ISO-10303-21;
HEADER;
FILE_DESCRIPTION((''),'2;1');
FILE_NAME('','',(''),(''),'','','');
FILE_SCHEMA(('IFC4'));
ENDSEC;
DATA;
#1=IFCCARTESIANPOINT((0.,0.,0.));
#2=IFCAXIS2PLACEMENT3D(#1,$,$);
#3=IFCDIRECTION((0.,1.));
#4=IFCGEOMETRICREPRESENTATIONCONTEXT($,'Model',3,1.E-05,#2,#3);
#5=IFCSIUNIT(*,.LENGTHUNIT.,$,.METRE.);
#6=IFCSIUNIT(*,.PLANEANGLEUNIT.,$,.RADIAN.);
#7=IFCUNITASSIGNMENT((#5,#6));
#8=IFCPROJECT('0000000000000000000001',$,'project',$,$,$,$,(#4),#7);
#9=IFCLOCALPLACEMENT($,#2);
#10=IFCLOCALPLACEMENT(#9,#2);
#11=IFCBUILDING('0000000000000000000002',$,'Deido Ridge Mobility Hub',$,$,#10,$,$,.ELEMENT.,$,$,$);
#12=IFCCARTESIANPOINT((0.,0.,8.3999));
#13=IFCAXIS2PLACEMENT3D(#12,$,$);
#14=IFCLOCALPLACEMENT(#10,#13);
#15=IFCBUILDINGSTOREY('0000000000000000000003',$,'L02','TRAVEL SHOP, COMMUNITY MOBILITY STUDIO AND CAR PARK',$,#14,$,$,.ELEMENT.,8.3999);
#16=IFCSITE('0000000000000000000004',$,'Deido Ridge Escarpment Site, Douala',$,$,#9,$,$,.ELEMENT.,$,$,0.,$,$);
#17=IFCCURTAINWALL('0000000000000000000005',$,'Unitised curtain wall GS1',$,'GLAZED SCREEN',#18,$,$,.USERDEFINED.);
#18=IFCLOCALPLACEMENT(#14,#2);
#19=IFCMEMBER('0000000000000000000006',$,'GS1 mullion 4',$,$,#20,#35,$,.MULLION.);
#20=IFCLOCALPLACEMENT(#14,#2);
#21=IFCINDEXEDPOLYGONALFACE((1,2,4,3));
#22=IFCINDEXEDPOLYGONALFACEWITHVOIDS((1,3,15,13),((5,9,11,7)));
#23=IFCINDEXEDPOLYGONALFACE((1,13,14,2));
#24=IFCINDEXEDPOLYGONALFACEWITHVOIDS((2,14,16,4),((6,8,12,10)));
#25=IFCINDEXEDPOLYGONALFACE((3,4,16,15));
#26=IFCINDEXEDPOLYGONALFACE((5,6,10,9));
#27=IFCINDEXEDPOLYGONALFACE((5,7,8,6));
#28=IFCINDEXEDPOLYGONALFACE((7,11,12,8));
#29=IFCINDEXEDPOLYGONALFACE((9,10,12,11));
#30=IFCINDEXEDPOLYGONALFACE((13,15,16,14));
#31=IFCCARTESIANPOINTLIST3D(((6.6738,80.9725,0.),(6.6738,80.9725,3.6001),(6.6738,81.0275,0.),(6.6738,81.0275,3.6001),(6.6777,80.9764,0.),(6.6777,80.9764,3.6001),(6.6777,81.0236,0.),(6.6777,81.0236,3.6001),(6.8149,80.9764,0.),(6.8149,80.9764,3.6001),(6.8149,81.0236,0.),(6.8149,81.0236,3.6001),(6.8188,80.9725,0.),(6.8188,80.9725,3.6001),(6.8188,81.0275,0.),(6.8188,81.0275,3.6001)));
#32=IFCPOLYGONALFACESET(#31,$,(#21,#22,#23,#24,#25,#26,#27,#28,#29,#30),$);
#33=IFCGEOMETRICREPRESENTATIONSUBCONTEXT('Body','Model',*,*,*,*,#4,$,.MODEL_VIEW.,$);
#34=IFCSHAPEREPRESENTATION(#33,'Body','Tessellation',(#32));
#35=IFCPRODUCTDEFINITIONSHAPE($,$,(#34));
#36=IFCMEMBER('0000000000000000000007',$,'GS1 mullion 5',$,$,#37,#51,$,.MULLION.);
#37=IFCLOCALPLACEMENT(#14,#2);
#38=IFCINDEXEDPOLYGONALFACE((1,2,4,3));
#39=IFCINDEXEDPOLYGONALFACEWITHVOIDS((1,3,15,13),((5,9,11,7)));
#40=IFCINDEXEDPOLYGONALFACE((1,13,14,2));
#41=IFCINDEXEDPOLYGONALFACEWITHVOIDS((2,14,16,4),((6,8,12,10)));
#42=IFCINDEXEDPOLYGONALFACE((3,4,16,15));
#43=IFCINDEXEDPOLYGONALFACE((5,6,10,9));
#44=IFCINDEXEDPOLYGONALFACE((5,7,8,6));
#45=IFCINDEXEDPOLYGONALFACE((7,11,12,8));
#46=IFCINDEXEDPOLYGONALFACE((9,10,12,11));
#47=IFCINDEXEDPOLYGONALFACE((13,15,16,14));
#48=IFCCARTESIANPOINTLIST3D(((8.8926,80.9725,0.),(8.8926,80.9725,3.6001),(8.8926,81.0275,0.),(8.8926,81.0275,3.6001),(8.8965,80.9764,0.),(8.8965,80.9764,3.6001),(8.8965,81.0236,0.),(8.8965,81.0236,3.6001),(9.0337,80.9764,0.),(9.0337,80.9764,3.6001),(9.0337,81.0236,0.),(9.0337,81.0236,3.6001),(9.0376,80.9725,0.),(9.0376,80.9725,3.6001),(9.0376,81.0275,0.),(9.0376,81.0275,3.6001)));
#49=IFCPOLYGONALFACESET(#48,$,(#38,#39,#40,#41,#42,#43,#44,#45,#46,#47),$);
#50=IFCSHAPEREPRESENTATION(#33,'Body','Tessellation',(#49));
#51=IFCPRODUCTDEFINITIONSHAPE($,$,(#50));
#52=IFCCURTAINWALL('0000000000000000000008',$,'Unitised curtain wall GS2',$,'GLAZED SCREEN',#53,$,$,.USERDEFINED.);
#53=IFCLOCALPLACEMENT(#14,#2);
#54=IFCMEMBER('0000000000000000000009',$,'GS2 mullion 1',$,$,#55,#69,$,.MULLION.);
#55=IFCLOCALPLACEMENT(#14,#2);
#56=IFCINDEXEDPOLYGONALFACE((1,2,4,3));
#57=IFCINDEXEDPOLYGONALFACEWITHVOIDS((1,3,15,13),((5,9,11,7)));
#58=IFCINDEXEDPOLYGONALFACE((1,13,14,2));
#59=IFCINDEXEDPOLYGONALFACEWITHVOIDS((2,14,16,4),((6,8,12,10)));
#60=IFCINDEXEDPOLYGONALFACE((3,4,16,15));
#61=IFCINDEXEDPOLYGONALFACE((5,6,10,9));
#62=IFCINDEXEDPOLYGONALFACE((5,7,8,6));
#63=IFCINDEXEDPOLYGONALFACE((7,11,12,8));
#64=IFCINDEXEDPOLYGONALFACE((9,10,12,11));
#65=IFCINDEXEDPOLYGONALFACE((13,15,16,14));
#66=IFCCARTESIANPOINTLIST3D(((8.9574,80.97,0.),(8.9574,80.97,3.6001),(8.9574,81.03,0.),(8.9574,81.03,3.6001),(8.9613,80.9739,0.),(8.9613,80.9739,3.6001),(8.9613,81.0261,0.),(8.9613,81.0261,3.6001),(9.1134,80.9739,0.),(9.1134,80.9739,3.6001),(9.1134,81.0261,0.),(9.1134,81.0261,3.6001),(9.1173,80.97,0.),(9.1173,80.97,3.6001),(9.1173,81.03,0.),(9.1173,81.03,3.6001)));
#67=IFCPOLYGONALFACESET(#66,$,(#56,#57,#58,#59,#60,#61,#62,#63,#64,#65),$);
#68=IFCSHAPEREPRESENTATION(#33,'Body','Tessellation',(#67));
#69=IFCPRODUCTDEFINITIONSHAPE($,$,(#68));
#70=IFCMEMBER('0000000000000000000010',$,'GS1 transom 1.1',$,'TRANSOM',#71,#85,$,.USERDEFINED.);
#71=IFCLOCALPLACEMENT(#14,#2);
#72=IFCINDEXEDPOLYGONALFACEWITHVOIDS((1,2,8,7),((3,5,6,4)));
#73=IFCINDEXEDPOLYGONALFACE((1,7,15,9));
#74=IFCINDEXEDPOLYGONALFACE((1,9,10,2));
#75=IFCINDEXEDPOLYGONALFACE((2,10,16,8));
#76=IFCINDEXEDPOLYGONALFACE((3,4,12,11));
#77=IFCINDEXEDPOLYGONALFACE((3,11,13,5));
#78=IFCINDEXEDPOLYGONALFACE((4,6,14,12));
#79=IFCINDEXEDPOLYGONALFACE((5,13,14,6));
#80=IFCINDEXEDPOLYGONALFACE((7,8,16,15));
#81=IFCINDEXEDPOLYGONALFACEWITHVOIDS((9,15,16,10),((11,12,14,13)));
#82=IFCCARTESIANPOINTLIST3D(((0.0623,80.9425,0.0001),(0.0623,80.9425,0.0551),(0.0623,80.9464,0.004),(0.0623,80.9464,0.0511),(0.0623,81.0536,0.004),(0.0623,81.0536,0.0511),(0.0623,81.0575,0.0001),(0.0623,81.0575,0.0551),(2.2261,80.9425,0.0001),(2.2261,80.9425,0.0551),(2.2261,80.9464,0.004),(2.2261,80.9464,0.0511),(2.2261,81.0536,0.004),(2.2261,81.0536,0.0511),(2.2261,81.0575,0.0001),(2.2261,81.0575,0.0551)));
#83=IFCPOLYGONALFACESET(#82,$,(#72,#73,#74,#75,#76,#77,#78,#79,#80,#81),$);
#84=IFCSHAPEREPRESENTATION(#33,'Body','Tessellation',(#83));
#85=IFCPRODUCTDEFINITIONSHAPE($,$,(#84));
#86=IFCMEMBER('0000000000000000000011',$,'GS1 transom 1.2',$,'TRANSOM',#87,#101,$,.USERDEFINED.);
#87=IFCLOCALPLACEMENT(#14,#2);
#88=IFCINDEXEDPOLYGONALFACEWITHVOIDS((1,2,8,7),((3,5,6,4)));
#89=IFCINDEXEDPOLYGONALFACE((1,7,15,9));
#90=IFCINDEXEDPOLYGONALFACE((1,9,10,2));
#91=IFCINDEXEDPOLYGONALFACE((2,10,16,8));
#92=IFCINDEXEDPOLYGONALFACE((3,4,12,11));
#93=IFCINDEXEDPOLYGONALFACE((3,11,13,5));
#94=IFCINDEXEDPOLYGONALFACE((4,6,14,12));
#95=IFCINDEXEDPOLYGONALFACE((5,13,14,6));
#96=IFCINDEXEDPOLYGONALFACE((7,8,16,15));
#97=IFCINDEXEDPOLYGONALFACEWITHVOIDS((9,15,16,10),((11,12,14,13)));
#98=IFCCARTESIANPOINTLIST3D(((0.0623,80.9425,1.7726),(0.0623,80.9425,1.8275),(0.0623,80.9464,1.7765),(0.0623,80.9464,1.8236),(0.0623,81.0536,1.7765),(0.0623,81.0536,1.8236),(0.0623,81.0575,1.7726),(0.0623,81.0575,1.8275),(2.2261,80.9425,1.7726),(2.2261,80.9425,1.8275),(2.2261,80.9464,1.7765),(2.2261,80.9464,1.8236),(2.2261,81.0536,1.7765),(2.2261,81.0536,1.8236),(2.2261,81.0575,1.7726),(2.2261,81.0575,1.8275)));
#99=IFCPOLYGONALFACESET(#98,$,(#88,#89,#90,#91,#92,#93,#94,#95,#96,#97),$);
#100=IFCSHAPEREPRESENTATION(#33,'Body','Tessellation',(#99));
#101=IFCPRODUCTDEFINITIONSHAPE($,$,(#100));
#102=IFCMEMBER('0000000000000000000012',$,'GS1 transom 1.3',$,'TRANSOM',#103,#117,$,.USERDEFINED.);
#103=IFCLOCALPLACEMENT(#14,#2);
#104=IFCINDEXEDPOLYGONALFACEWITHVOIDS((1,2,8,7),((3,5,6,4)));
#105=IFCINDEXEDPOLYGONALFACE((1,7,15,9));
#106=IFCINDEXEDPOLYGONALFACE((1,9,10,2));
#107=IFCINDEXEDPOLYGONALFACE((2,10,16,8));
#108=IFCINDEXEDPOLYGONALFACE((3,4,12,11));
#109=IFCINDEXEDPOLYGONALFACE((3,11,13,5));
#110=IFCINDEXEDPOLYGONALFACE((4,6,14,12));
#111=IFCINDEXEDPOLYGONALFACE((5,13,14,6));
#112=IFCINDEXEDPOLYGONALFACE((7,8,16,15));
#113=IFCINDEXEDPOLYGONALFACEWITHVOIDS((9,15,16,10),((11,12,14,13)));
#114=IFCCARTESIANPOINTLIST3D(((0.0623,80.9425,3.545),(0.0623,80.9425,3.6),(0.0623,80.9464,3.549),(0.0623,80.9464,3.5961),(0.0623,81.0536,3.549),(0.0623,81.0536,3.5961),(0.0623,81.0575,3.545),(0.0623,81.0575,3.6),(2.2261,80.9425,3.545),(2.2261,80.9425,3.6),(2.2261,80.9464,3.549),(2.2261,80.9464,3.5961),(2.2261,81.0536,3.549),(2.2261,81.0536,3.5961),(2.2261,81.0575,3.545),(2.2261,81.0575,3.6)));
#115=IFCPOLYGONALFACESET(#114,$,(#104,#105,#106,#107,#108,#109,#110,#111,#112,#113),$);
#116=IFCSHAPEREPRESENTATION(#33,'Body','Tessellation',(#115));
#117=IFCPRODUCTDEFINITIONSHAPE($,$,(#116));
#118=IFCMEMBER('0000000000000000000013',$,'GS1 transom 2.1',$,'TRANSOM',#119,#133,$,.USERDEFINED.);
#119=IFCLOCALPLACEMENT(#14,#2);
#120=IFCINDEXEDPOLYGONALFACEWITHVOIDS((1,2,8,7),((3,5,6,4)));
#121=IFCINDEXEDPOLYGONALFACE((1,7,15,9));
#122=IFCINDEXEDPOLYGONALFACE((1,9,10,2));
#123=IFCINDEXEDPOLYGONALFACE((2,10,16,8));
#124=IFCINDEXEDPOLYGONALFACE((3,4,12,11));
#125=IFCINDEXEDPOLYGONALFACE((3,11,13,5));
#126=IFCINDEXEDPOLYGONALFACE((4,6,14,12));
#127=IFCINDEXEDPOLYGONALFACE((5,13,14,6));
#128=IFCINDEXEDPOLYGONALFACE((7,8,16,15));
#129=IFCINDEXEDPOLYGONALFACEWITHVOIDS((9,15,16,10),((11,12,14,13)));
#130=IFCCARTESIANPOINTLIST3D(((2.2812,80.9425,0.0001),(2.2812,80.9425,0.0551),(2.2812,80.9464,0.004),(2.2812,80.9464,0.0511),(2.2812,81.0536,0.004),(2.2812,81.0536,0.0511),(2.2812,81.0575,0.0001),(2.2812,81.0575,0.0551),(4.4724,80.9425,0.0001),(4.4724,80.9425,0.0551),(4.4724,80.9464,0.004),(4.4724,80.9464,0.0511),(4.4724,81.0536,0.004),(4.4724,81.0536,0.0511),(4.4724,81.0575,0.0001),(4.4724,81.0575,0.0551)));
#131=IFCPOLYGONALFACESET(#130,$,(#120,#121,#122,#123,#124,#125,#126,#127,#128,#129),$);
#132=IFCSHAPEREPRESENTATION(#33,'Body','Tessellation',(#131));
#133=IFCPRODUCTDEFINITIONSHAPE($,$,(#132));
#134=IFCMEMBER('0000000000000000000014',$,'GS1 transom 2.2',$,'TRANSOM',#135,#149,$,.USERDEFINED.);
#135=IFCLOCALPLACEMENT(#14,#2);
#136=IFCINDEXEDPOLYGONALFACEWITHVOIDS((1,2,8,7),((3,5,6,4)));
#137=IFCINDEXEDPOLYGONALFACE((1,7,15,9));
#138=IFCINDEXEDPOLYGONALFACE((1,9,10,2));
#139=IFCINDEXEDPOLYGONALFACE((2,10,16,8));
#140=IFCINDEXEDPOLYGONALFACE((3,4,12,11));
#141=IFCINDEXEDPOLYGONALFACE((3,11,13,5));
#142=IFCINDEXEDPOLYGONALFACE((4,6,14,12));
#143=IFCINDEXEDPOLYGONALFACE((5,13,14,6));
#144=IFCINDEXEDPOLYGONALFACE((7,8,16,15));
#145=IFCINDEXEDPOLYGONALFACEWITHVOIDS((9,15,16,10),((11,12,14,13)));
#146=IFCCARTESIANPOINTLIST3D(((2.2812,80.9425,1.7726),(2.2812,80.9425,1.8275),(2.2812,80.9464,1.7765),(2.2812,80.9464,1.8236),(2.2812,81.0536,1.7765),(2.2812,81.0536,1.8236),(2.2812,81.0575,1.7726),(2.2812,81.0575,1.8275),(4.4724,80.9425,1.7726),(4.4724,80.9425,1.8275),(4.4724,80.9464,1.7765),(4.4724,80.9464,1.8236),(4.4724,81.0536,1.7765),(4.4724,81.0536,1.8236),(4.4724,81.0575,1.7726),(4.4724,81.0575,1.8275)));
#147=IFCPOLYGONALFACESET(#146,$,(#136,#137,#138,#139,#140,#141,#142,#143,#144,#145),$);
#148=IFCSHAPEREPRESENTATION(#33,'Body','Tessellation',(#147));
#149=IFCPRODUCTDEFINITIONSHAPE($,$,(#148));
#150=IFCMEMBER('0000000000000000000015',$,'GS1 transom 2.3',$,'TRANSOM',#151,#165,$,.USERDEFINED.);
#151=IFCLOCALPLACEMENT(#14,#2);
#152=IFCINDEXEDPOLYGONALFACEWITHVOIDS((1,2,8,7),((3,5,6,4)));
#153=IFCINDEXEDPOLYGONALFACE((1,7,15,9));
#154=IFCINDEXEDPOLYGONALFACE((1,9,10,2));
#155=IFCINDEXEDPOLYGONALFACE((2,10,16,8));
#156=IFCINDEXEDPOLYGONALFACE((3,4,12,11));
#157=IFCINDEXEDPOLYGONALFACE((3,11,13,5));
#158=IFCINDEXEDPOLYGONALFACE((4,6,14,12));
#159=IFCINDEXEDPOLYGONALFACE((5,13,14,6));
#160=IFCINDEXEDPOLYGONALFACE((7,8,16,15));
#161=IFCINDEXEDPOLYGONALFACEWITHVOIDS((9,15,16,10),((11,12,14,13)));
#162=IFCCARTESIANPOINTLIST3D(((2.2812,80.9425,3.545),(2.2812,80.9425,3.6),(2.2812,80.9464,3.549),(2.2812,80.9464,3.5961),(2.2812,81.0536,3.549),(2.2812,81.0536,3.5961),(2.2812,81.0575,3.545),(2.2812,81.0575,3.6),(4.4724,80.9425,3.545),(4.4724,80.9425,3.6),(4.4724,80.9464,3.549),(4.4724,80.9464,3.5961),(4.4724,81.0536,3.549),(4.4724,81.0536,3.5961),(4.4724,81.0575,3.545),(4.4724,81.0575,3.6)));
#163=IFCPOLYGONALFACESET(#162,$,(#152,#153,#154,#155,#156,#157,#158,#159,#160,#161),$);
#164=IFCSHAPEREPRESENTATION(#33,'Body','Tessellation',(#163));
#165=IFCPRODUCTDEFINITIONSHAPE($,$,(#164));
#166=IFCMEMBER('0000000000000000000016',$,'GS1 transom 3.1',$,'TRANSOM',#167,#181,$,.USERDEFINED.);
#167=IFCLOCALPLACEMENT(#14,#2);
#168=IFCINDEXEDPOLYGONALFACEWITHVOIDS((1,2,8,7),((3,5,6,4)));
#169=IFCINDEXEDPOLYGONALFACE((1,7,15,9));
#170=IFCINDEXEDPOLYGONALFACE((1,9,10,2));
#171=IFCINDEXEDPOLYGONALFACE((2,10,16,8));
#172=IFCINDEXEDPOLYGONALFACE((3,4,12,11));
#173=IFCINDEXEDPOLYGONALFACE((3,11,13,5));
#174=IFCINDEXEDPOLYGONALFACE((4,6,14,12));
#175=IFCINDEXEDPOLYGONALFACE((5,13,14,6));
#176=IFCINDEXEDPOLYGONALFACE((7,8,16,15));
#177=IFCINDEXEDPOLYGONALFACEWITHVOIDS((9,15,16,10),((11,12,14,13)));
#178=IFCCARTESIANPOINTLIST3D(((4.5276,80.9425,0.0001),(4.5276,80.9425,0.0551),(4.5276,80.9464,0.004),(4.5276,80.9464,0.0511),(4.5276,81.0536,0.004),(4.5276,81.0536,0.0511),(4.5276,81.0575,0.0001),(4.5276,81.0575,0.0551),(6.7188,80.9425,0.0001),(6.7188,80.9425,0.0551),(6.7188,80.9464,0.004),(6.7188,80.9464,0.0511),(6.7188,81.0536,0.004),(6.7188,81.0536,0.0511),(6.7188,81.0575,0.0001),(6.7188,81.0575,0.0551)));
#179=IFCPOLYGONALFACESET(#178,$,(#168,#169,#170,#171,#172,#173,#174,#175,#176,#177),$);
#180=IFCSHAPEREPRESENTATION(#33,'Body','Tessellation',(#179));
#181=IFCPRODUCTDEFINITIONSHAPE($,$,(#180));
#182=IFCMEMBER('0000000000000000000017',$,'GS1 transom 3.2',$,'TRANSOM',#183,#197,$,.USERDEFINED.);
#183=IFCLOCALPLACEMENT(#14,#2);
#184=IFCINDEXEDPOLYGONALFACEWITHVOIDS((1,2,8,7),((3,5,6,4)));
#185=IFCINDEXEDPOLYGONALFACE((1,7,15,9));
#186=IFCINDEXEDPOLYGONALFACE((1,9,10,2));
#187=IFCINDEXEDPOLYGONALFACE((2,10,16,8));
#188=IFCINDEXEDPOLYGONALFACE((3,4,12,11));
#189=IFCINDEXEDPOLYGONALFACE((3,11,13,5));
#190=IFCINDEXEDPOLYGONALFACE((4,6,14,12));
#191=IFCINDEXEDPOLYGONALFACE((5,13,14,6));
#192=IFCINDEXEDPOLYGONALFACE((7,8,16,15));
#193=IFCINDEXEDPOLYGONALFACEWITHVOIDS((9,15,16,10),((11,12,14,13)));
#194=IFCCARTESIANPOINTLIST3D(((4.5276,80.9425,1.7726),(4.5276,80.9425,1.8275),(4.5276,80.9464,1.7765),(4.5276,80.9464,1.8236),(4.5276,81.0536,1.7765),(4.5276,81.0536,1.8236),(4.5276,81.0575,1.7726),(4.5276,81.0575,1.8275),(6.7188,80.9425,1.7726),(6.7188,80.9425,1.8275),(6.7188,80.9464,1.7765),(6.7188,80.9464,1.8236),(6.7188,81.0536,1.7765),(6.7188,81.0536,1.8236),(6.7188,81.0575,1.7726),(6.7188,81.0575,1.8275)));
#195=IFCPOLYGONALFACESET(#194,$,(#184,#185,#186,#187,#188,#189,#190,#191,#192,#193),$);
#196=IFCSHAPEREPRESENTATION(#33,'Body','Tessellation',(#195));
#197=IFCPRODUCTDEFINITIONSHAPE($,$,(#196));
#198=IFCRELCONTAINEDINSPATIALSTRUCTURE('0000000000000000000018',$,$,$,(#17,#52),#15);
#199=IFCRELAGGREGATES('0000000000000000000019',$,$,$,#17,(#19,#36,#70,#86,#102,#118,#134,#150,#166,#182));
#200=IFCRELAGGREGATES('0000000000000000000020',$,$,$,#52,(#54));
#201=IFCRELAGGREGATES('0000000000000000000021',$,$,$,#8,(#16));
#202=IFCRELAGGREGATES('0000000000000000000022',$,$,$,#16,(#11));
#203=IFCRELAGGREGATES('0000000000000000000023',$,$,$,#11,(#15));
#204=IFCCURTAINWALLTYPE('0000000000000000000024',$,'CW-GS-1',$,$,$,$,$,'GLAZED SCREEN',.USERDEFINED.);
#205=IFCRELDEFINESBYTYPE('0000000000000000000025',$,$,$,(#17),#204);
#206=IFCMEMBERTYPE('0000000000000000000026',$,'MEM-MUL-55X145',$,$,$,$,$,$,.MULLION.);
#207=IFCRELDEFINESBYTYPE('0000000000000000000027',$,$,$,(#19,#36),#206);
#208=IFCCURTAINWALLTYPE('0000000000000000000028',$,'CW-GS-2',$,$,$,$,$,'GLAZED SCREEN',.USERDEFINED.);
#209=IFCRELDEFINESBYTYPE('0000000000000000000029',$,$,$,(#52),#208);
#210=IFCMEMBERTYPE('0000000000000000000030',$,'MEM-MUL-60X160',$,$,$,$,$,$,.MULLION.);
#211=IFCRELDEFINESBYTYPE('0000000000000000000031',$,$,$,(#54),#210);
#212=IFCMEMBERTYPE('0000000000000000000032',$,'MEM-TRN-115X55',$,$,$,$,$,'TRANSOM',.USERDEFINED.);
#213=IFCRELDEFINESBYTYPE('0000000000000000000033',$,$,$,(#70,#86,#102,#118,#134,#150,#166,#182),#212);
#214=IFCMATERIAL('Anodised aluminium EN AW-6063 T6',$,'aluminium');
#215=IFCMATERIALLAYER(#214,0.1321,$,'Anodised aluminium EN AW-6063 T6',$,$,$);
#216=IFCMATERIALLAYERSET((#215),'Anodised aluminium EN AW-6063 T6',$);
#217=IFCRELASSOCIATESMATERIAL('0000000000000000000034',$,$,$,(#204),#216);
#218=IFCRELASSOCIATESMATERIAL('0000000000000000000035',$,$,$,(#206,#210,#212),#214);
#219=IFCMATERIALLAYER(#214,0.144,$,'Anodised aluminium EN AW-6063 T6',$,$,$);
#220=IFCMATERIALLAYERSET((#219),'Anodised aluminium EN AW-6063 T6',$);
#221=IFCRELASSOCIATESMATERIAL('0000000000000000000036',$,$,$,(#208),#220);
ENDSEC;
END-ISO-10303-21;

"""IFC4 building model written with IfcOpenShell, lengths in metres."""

from ifc_helpers import new_model, si_unit, direction, frame, origin, origin_2d, place, context, subcontext, project, spatial, hollow_rectangle, extrude, material, layer, layer_set, material_profile, profile_set, type_object, element, aggregate, save


model = new_model("IFC4")

# Units and contexts
model_context = context("Model", 3, precision=1e-05, world=origin(), true_north=direction((0.0, 1.0)))
body_context = subcontext(model_context, "Body", "Model", "MODEL_VIEW")
ifc_project = project(units=[si_unit("LENGTHUNIT", "METRE"), si_unit("PLANEANGLEUNIT", "RADIAN")], contexts=[model_context])

# Site, building, storey
site_placement = place(None, origin())
site = spatial("IfcSite", under=ifc_project, at=site_placement, Name="Deido Ridge Escarpment Site, Douala", CompositionType="ELEMENT", RefElevation=0.0)
building_placement = place(site_placement, origin())
building = spatial("IfcBuilding", under=site, at=building_placement, Name="Deido Ridge Mobility Hub", CompositionType="ELEMENT")
storey_placement = place(building_placement, frame((0.0, 0.0, 8.3999)))
storey = spatial("IfcBuildingStorey", under=building, at=storey_placement, Name="L02", Description="TRAVEL SHOP, COMMUNITY MOBILITY STUDIO AND CAR PARK", CompositionType="ELEMENT", Elevation=8.3999)

# Curtain wall, members
ifc_material_1 = material(Name="Anodised aluminium EN AW-6063 T6", Category="aluminium")
ifc_layer_1 = layer(ifc_material_1, 0.1321, Name="Anodised aluminium EN AW-6063 T6")
ifc_layer_set_1 = layer_set([ifc_layer_1], Name="Anodised aluminium EN AW-6063 T6")
curtain_wall_type_1 = type_object("IfcCurtainWallType", Name="CW-GS-1", ElementType="GLAZED SCREEN", PredefinedType="USERDEFINED", material=ifc_layer_set_1)
curtain_wall_1_placement = place(storey_placement, origin())
curtain_wall_1 = element("IfcCurtainWall", 1, at=curtain_wall_1_placement, inside=storey, type_object=curtain_wall_type_1, Name="Unitised curtain wall GS1", ObjectType="GLAZED SCREEN", PredefinedType="USERDEFINED")
ifc_material_profile_1 = material_profile(ifc_material_1, hollow_rectangle(XDim=0.0549, YDim=0.145, WallThickness=0.0039, at=origin_2d()), Name="RHS 55x145x4")
ifc_profile_set_1 = profile_set([ifc_material_profile_1], Name="Anodised aluminium EN AW-6063 T6")
member_type_1 = type_object("IfcMemberType", Name="MEM-MUL-55X145", PredefinedType="MULLION", material=ifc_profile_set_1)
member_1_placement = place(storey_placement, frame((6.7463, 81.0, 0.0), z_axis=(0.0, 0.0, 1.0), x_axis=(0.0, 1.0, 0.0)))
member_1 = element("IfcMember", 2, at=member_1_placement, type_object=member_type_1, Name="GS1 mullion 4", PredefinedType="MULLION", context=body_context, shape_type="SweptSolid", body=[
    extrude(hollow_rectangle(XDim=0.0549, YDim=0.145, WallThickness=0.0039, at=origin_2d()), origin(), (0.0, 0.0, 1.0), 3.6001),
])
member_2_placement = place(storey_placement, frame((8.9651, 81.0, 0.0), z_axis=(0.0, 0.0, 1.0), x_axis=(0.0, 1.0, 0.0)))
member_2 = element("IfcMember", 3, at=member_2_placement, type_object=member_type_1, Name="GS1 mullion 5", PredefinedType="MULLION", context=body_context, shape_type="SweptSolid", body=[
    extrude(hollow_rectangle(XDim=0.0549, YDim=0.145, WallThickness=0.0039, at=origin_2d()), origin(), (0.0, 0.0, 1.0), 3.6001),
])

# Curtain wall, member
ifc_layer_2 = layer(ifc_material_1, 0.144, Name="Anodised aluminium EN AW-6063 T6")
ifc_layer_set_2 = layer_set([ifc_layer_2], Name="Anodised aluminium EN AW-6063 T6")
curtain_wall_type_2 = type_object("IfcCurtainWallType", Name="CW-GS-2", ElementType="GLAZED SCREEN", PredefinedType="USERDEFINED", material=ifc_layer_set_2)
curtain_wall_2_placement = place(storey_placement, origin())
curtain_wall_2 = element("IfcCurtainWall", 4, at=curtain_wall_2_placement, inside=storey, type_object=curtain_wall_type_2, Name="Unitised curtain wall GS2", ObjectType="GLAZED SCREEN", PredefinedType="USERDEFINED")
ifc_material_profile_2 = material_profile(ifc_material_1, hollow_rectangle(XDim=0.0601, YDim=0.1599, WallThickness=0.0039, at=origin_2d()), Name="RHS 60x160x4")
ifc_profile_set_2 = profile_set([ifc_material_profile_2], Name="Anodised aluminium EN AW-6063 T6")
member_type_2 = type_object("IfcMemberType", Name="MEM-MUL-60X160", PredefinedType="MULLION", material=ifc_profile_set_2)
member_3_placement = place(storey_placement, frame((9.0374, 81.0, 0.0), z_axis=(0.0, 0.0, 1.0), x_axis=(0.0, 1.0, 0.0)))
member_3 = element("IfcMember", 5, at=member_3_placement, type_object=member_type_2, Name="GS2 mullion 1", PredefinedType="MULLION", context=body_context, shape_type="SweptSolid", body=[
    extrude(hollow_rectangle(XDim=0.0601, YDim=0.1599, WallThickness=0.0039, at=origin_2d()), origin(), (0.0, 0.0, 1.0), 3.6001),
])

# Members
ifc_material_profile_3 = material_profile(ifc_material_1, hollow_rectangle(XDim=0.115, YDim=0.0549, WallThickness=0.0039, at=origin_2d()), Name="RHS 115x55x4")
ifc_profile_set_3 = profile_set([ifc_material_profile_3], Name="Anodised aluminium EN AW-6063 T6")
member_type_3 = type_object("IfcMemberType", Name="MEM-TRN-115X55", ElementType="TRANSOM", PredefinedType="USERDEFINED", material=ifc_profile_set_3)
member_4_placement = place(storey_placement, frame((0.0623, 81.0, 0.0276), z_axis=(1.0, 0.0, 0.0), x_axis=(0.0, 1.0, 0.0)))
member_4 = element("IfcMember", 6, at=member_4_placement, type_object=member_type_3, Name="GS1 transom 1.1", ObjectType="TRANSOM", PredefinedType="USERDEFINED", context=body_context, shape_type="SweptSolid", body=[
    extrude(hollow_rectangle(XDim=0.115, YDim=0.0549, WallThickness=0.0039, at=origin_2d()), origin(), (0.0, 0.0, 1.0), 2.1638),
])
member_5_placement = place(storey_placement, frame((0.0623, 81.0, 1.8), z_axis=(1.0, 0.0, 0.0), x_axis=(0.0, 1.0, 0.0)))
member_5 = element("IfcMember", 7, at=member_5_placement, type_object=member_type_3, Name="GS1 transom 1.2", ObjectType="TRANSOM", PredefinedType="USERDEFINED", context=body_context, shape_type="SweptSolid", body=[
    extrude(hollow_rectangle(XDim=0.115, YDim=0.0549, WallThickness=0.0039, at=origin_2d()), origin(), (0.0, 0.0, 1.0), 2.1638),
])
member_6_placement = place(storey_placement, frame((0.0623, 81.0, 3.5725), z_axis=(1.0, 0.0, 0.0), x_axis=(0.0, 1.0, 0.0)))
member_6 = element("IfcMember", 8, at=member_6_placement, type_object=member_type_3, Name="GS1 transom 1.3", ObjectType="TRANSOM", PredefinedType="USERDEFINED", context=body_context, shape_type="SweptSolid", body=[
    extrude(hollow_rectangle(XDim=0.115, YDim=0.0549, WallThickness=0.0039, at=origin_2d()), origin(), (0.0, 0.0, 1.0), 2.1638),
])
member_7_placement = place(storey_placement, frame((2.2812, 81.0, 0.0276), z_axis=(1.0, 0.0, 0.0), x_axis=(0.0, 1.0, 0.0)))
member_7 = element("IfcMember", 9, at=member_7_placement, type_object=member_type_3, Name="GS1 transom 2.1", ObjectType="TRANSOM", PredefinedType="USERDEFINED", context=body_context, shape_type="SweptSolid", body=[
    extrude(hollow_rectangle(XDim=0.115, YDim=0.0549, WallThickness=0.0039, at=origin_2d()), origin(), (0.0, 0.0, 1.0), 2.1912),
])
member_8_placement = place(storey_placement, frame((2.2812, 81.0, 1.8), z_axis=(1.0, 0.0, 0.0), x_axis=(0.0, 1.0, 0.0)))
member_8 = element("IfcMember", 10, at=member_8_placement, type_object=member_type_3, Name="GS1 transom 2.2", ObjectType="TRANSOM", PredefinedType="USERDEFINED", context=body_context, shape_type="SweptSolid", body=[
    extrude(hollow_rectangle(XDim=0.115, YDim=0.0549, WallThickness=0.0039, at=origin_2d()), origin(), (0.0, 0.0, 1.0), 2.1912),
])
member_9_placement = place(storey_placement, frame((2.2812, 81.0, 3.5725), z_axis=(1.0, 0.0, 0.0), x_axis=(0.0, 1.0, 0.0)))
member_9 = element("IfcMember", 11, at=member_9_placement, type_object=member_type_3, Name="GS1 transom 2.3", ObjectType="TRANSOM", PredefinedType="USERDEFINED", context=body_context, shape_type="SweptSolid", body=[
    extrude(hollow_rectangle(XDim=0.115, YDim=0.0549, WallThickness=0.0039, at=origin_2d()), origin(), (0.0, 0.0, 1.0), 2.1912),
])
member_10_placement = place(storey_placement, frame((4.5276, 81.0, 0.0276), z_axis=(1.0, 0.0, 0.0), x_axis=(0.0, 1.0, 0.0)))
member_10 = element("IfcMember", 12, at=member_10_placement, type_object=member_type_3, Name="GS1 transom 3.1", ObjectType="TRANSOM", PredefinedType="USERDEFINED", context=body_context, shape_type="SweptSolid", body=[
    extrude(hollow_rectangle(XDim=0.115, YDim=0.0549, WallThickness=0.0039, at=origin_2d()), origin(), (0.0, 0.0, 1.0), 2.1912),
])
member_11_placement = place(storey_placement, frame((4.5276, 81.0, 1.8), z_axis=(1.0, 0.0, 0.0), x_axis=(0.0, 1.0, 0.0)))
member_11 = element("IfcMember", 13, at=member_11_placement, type_object=member_type_3, Name="GS1 transom 3.2", ObjectType="TRANSOM", PredefinedType="USERDEFINED", context=body_context, shape_type="SweptSolid", body=[
    extrude(hollow_rectangle(XDim=0.115, YDim=0.0549, WallThickness=0.0039, at=origin_2d()), origin(), (0.0, 0.0, 1.0), 2.1912),
])

aggregate(curtain_wall_1, [member_1, member_2, member_4, member_5, member_6, member_7, member_8, member_9, member_10, member_11])
aggregate(curtain_wall_2, [member_3])

save(model, "model.ifc")
